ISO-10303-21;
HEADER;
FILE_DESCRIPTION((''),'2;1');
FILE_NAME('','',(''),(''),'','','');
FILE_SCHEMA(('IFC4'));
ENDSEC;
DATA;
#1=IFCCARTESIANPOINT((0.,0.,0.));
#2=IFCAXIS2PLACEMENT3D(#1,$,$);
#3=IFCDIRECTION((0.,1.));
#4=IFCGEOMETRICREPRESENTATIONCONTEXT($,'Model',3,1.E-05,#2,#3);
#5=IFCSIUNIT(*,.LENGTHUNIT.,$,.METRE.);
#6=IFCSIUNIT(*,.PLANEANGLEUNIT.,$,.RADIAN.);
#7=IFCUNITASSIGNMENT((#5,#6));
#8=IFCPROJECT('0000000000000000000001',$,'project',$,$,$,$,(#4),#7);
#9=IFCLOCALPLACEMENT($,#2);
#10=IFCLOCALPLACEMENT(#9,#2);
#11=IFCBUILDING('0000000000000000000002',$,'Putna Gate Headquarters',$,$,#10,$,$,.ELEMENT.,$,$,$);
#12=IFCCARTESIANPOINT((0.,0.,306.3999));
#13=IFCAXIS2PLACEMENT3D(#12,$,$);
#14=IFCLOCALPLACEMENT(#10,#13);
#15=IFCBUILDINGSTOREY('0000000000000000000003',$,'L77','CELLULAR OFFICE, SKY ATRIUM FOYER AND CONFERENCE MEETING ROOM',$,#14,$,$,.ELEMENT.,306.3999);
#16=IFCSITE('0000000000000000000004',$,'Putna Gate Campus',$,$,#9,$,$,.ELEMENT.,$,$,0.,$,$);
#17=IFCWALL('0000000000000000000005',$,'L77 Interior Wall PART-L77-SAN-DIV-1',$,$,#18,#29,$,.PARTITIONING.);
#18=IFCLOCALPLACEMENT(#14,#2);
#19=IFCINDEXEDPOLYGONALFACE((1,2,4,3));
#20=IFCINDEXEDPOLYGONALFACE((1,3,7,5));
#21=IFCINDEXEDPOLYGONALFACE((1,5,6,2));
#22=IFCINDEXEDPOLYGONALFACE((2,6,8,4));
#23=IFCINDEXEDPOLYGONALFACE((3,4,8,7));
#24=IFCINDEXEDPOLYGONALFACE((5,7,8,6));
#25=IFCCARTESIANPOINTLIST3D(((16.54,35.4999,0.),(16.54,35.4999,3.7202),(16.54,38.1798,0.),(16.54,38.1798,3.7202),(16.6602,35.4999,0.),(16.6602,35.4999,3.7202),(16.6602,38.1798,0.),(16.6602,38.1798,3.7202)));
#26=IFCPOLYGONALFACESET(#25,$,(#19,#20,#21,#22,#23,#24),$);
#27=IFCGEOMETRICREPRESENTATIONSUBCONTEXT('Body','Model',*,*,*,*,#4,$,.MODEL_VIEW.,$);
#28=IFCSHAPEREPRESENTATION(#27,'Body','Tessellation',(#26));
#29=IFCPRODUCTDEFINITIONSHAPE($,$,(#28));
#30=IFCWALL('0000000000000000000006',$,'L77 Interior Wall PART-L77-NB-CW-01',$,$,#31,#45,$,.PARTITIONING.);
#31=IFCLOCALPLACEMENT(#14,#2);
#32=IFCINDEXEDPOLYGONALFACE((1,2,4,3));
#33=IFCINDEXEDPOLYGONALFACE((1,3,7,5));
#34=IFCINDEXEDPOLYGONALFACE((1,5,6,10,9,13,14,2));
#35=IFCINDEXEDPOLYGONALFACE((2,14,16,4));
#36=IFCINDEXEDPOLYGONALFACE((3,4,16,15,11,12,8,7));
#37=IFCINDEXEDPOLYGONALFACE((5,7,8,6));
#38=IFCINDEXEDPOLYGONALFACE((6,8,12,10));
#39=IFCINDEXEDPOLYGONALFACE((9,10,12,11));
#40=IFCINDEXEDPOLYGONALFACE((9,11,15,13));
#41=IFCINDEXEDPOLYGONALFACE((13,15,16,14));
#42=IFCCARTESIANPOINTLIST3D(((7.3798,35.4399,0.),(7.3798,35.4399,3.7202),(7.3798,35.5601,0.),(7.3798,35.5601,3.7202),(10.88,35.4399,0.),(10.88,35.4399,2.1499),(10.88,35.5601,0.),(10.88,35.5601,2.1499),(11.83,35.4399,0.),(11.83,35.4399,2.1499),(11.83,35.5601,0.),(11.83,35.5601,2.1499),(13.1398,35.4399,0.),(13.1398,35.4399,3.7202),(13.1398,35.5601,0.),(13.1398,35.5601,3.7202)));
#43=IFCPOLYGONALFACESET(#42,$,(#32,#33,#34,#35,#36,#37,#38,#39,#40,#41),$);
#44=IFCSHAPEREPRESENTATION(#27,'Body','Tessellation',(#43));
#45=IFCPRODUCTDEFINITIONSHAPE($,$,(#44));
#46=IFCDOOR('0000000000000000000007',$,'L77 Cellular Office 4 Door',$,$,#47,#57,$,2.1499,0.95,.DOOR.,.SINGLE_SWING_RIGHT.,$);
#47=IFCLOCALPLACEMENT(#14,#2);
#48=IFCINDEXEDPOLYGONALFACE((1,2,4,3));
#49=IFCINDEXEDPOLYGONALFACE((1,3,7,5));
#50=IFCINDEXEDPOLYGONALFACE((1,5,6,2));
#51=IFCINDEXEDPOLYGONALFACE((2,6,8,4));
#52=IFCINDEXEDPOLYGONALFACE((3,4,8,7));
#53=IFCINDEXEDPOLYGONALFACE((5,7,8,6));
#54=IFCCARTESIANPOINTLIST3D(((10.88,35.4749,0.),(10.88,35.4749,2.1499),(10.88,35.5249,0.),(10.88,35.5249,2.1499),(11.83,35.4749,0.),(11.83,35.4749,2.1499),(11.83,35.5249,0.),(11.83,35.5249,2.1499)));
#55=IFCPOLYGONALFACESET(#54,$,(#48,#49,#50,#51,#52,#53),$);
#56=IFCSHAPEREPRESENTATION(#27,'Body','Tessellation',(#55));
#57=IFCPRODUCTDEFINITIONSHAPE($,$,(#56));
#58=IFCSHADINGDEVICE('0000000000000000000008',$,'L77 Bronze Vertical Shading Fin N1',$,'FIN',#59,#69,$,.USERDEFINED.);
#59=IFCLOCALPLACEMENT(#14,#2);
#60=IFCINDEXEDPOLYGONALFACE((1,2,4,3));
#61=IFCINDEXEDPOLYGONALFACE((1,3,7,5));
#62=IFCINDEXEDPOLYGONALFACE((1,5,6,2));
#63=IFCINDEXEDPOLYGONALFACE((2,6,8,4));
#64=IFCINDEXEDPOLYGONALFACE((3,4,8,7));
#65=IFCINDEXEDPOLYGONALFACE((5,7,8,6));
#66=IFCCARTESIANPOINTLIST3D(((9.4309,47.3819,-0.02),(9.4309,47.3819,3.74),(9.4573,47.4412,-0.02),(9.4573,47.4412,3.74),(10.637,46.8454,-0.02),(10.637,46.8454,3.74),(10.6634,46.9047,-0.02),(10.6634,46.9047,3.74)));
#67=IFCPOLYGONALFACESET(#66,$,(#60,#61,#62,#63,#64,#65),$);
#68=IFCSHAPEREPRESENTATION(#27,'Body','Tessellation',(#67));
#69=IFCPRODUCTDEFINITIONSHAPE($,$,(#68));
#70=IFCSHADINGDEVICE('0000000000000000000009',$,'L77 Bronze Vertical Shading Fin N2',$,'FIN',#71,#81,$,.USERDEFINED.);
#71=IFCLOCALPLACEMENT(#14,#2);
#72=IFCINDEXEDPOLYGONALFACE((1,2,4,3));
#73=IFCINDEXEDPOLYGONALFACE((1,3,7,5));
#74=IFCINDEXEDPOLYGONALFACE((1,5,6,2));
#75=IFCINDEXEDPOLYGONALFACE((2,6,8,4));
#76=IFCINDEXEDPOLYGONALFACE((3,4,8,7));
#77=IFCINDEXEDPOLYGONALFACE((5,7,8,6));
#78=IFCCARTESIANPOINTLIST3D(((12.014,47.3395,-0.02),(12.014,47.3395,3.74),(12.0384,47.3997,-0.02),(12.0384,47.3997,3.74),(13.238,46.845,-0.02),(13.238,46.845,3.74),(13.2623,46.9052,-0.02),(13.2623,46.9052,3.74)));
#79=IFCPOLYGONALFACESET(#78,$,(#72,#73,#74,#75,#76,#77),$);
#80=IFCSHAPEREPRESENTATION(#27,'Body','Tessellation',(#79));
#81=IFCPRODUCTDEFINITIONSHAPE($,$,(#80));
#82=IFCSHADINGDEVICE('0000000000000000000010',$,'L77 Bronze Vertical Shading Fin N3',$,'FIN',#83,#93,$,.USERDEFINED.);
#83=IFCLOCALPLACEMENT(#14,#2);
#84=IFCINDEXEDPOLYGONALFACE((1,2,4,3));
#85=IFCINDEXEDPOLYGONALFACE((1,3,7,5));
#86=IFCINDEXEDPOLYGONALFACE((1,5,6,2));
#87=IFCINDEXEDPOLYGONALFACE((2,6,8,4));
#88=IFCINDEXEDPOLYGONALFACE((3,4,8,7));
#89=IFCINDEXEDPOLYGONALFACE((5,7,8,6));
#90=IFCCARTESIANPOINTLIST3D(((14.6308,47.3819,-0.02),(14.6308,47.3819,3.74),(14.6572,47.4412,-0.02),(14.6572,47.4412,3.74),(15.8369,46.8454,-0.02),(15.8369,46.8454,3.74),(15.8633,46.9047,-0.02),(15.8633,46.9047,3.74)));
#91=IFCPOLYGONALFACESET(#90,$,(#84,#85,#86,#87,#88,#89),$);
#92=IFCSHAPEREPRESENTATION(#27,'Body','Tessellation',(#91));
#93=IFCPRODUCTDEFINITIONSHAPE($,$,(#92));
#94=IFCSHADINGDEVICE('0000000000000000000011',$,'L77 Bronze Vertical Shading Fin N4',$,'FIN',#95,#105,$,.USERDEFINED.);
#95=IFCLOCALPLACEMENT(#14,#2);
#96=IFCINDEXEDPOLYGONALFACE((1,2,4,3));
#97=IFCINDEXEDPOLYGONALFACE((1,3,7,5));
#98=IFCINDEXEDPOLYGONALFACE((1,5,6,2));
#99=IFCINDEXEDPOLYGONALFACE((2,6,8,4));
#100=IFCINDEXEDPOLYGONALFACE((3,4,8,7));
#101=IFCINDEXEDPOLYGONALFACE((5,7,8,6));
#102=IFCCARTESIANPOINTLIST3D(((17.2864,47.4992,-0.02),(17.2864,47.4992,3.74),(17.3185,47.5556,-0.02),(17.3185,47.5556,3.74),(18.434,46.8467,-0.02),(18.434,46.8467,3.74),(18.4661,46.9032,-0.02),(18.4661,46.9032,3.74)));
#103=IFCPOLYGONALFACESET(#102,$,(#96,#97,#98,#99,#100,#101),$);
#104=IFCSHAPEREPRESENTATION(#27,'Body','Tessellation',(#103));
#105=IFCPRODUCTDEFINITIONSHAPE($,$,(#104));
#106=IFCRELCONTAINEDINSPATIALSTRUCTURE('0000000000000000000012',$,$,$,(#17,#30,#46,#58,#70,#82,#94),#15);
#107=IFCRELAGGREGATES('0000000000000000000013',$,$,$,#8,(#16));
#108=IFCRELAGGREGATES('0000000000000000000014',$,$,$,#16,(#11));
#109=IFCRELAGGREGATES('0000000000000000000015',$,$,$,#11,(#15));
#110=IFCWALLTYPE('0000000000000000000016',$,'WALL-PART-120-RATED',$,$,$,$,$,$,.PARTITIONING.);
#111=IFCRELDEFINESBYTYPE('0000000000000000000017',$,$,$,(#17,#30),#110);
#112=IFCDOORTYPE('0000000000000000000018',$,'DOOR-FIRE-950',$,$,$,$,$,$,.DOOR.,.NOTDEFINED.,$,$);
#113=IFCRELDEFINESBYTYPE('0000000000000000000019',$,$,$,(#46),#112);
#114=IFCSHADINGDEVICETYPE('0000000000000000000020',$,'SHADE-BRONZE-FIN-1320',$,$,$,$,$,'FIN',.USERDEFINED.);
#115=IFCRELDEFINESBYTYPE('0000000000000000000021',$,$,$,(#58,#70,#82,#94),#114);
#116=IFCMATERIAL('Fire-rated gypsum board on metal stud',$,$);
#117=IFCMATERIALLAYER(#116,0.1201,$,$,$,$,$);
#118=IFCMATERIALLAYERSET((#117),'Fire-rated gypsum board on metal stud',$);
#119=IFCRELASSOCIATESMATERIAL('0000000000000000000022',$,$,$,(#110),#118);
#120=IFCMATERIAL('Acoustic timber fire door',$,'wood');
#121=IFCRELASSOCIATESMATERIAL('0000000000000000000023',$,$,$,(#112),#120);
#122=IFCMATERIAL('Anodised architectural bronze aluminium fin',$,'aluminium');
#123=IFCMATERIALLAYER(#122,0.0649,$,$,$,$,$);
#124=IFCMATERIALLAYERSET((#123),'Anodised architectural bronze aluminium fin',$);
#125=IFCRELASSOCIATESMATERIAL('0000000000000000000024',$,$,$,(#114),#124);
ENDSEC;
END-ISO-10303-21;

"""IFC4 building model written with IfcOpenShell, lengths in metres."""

from ifc_helpers import new_model, si_unit, direction, frame, frame_2d, origin, origin_2d, place, context, subcontext, project, spatial, rectangle, extrude, material, layer, layer_set, type_object, element, fill, save


model = new_model("IFC4")

# Units and contexts
model_context = context("Model", 3, precision=1e-05, world=origin(), true_north=direction((0.0, 1.0)))
body_context = subcontext(model_context, "Body", "Model", "MODEL_VIEW")
ifc_project = project(units=[si_unit("LENGTHUNIT", "METRE"), si_unit("PLANEANGLEUNIT", "RADIAN")], contexts=[model_context])

# Site, building, storey
site_placement = place(None, origin())
site = spatial("IfcSite", under=ifc_project, at=site_placement, Name="Putna Gate Campus", CompositionType="ELEMENT", RefElevation=0.0)
building_placement = place(site_placement, origin())
building = spatial("IfcBuilding", under=site, at=building_placement, Name="Putna Gate Headquarters", CompositionType="ELEMENT")
storey_placement = place(building_placement, frame((0.0, 0.0, 306.3999)))
storey = spatial("IfcBuildingStorey", under=building, at=storey_placement, Name="L77", Description="CELLULAR OFFICE, SKY ATRIUM FOYER AND CONFERENCE MEETING ROOM", CompositionType="ELEMENT", Elevation=306.3999)

# Shared definitions
ifc_material_1 = material(Name="Fire-rated gypsum board on metal stud")
ifc_layer_1 = layer(ifc_material_1, 0.1201)
ifc_layer_set_1 = layer_set([ifc_layer_1], Name="Fire-rated gypsum board on metal stud")
wall_type_1 = type_object("IfcWallType", Name="WALL-PART-120-RATED", PredefinedType="PARTITIONING", material=ifc_layer_set_1)
ifc_material_2 = material(Name="Acoustic timber fire door", Category="wood")
door_type_1 = type_object("IfcDoorType", Name="DOOR-FIRE-950", OperationType="NOTDEFINED", PredefinedType="DOOR", material=ifc_material_2)

# Wall
wall_1_placement = place(storey_placement, frame((16.6001, 35.5, 0.0), z_axis=(0.0, 0.0, 1.0), x_axis=(0.0, 1.0, 0.0)))
element("IfcWall", 1, at=wall_1_placement, inside=storey, type_object=wall_type_1, Name="L77 Interior Wall PART-L77-SAN-DIV-1", PredefinedType="PARTITIONING", context=body_context, shape_type="SweptSolid", body=[
    extrude(rectangle(XDim=2.6799, YDim=0.1201, at=frame_2d((1.3398, 0.0))), origin(), (0.0, 0.0, 1.0), 3.7202),
])

# Wall, opening, door
wall_2_placement = place(storey_placement, frame((7.3799, 35.5, 0.0), z_axis=(0.0, 0.0, 1.0), x_axis=(1.0, 0.0, 0.0)))
wall_2 = element("IfcWall", 2, at=wall_2_placement, inside=storey, type_object=wall_type_1, Name="L77 Interior Wall PART-L77-NB-CW-01", PredefinedType="PARTITIONING", context=body_context, shape_type="SweptSolid", body=[
    extrude(rectangle(XDim=5.76, YDim=0.1201, at=frame_2d((2.8799, 0.0))), origin(), (0.0, 0.0, 1.0), 3.7202),
])
opening_1_placement = place(wall_2_placement, frame((3.5, 0.0, 0.0)))
opening_1 = element("IfcOpeningElement", 3, at=opening_1_placement, cuts=wall_2, PredefinedType="OPENING", context=body_context, shape_type="SweptSolid", body=[
    extrude(rectangle(XDim=0.95, YDim=2.1499, at=frame_2d((0.4751, 1.075))), frame((0.0, 0.0701, 0.0), z_axis=(0.0, -1.0, 0.0), x_axis=(1.0, 0.0, 0.0)), (0.0, 0.0, 1.0), 0.1401),
])
door_1_placement = place(opening_1_placement, origin())
door_1 = element("IfcDoor", 4, at=door_1_placement, inside=storey, type_object=door_type_1, Name="L77 Cellular Office 4 Door", OperationType="SINGLE_SWING_RIGHT", OverallHeight=2.1499, OverallWidth=0.95, PredefinedType="DOOR", context=body_context, shape_type="SweptSolid", body=[
    extrude(rectangle(XDim=0.95, YDim=2.1499, at=frame_2d((0.4751, 1.075))), frame((0.0, 0.0249, 0.0), z_axis=(0.0, -1.0, 0.0), x_axis=(1.0, 0.0, 0.0)), (0.0, 0.0, 1.0), 0.05),
])
fill(opening_1, door_1)

# Shading devices
ifc_material_3 = material(Name="Anodised architectural bronze aluminium fin", Category="aluminium")
ifc_layer_2 = layer(ifc_material_3, 0.0649)
ifc_layer_set_2 = layer_set([ifc_layer_2], Name="Anodised architectural bronze aluminium fin")
shading_device_type = type_object("IfcShadingDeviceType", Name="SHADE-BRONZE-FIN-1320", ElementType="FIN", PredefinedType="USERDEFINED", material=ifc_layer_set_2)
for number, where, z_axis, x_axis, name in (
    (5, (10.0471, 47.1433, -0.02), (0.0, 0.0, 1.0), (-0.913687, 0.406418, 0.0), "L77 Bronze Vertical Shading Fin N1"),
    (6, (12.6382, 47.1223, -0.02), (0.0, 0.0, 1.0), (-0.927184, 0.374607, 0.0), "L77 Bronze Vertical Shading Fin N2"),
    (7, (15.2471, 47.1433, -0.02), (0.0, 0.0, 1.0), (-0.913687, 0.406418, 0.0), "L77 Bronze Vertical Shading Fin N3"),
    (8, (17.8762, 47.2012, -0.02), (0.0, 0.0, 1.0), (-0.869322, 0.494245, 0.0), "L77 Bronze Vertical Shading Fin N4"),
):
    element("IfcShadingDevice", number, at=place(storey_placement, frame(where, z_axis=z_axis, x_axis=x_axis)), inside=storey, type_object=shading_device_type, Name=name, ObjectType="FIN", PredefinedType="USERDEFINED", context=body_context, shape_type="SweptSolid", body=[
        extrude(rectangle(XDim=1.3201, YDim=0.0649, at=origin_2d()), origin(), (0.0, 0.0, 1.0), 3.76),
    ])

save(model, "model.ifc")
